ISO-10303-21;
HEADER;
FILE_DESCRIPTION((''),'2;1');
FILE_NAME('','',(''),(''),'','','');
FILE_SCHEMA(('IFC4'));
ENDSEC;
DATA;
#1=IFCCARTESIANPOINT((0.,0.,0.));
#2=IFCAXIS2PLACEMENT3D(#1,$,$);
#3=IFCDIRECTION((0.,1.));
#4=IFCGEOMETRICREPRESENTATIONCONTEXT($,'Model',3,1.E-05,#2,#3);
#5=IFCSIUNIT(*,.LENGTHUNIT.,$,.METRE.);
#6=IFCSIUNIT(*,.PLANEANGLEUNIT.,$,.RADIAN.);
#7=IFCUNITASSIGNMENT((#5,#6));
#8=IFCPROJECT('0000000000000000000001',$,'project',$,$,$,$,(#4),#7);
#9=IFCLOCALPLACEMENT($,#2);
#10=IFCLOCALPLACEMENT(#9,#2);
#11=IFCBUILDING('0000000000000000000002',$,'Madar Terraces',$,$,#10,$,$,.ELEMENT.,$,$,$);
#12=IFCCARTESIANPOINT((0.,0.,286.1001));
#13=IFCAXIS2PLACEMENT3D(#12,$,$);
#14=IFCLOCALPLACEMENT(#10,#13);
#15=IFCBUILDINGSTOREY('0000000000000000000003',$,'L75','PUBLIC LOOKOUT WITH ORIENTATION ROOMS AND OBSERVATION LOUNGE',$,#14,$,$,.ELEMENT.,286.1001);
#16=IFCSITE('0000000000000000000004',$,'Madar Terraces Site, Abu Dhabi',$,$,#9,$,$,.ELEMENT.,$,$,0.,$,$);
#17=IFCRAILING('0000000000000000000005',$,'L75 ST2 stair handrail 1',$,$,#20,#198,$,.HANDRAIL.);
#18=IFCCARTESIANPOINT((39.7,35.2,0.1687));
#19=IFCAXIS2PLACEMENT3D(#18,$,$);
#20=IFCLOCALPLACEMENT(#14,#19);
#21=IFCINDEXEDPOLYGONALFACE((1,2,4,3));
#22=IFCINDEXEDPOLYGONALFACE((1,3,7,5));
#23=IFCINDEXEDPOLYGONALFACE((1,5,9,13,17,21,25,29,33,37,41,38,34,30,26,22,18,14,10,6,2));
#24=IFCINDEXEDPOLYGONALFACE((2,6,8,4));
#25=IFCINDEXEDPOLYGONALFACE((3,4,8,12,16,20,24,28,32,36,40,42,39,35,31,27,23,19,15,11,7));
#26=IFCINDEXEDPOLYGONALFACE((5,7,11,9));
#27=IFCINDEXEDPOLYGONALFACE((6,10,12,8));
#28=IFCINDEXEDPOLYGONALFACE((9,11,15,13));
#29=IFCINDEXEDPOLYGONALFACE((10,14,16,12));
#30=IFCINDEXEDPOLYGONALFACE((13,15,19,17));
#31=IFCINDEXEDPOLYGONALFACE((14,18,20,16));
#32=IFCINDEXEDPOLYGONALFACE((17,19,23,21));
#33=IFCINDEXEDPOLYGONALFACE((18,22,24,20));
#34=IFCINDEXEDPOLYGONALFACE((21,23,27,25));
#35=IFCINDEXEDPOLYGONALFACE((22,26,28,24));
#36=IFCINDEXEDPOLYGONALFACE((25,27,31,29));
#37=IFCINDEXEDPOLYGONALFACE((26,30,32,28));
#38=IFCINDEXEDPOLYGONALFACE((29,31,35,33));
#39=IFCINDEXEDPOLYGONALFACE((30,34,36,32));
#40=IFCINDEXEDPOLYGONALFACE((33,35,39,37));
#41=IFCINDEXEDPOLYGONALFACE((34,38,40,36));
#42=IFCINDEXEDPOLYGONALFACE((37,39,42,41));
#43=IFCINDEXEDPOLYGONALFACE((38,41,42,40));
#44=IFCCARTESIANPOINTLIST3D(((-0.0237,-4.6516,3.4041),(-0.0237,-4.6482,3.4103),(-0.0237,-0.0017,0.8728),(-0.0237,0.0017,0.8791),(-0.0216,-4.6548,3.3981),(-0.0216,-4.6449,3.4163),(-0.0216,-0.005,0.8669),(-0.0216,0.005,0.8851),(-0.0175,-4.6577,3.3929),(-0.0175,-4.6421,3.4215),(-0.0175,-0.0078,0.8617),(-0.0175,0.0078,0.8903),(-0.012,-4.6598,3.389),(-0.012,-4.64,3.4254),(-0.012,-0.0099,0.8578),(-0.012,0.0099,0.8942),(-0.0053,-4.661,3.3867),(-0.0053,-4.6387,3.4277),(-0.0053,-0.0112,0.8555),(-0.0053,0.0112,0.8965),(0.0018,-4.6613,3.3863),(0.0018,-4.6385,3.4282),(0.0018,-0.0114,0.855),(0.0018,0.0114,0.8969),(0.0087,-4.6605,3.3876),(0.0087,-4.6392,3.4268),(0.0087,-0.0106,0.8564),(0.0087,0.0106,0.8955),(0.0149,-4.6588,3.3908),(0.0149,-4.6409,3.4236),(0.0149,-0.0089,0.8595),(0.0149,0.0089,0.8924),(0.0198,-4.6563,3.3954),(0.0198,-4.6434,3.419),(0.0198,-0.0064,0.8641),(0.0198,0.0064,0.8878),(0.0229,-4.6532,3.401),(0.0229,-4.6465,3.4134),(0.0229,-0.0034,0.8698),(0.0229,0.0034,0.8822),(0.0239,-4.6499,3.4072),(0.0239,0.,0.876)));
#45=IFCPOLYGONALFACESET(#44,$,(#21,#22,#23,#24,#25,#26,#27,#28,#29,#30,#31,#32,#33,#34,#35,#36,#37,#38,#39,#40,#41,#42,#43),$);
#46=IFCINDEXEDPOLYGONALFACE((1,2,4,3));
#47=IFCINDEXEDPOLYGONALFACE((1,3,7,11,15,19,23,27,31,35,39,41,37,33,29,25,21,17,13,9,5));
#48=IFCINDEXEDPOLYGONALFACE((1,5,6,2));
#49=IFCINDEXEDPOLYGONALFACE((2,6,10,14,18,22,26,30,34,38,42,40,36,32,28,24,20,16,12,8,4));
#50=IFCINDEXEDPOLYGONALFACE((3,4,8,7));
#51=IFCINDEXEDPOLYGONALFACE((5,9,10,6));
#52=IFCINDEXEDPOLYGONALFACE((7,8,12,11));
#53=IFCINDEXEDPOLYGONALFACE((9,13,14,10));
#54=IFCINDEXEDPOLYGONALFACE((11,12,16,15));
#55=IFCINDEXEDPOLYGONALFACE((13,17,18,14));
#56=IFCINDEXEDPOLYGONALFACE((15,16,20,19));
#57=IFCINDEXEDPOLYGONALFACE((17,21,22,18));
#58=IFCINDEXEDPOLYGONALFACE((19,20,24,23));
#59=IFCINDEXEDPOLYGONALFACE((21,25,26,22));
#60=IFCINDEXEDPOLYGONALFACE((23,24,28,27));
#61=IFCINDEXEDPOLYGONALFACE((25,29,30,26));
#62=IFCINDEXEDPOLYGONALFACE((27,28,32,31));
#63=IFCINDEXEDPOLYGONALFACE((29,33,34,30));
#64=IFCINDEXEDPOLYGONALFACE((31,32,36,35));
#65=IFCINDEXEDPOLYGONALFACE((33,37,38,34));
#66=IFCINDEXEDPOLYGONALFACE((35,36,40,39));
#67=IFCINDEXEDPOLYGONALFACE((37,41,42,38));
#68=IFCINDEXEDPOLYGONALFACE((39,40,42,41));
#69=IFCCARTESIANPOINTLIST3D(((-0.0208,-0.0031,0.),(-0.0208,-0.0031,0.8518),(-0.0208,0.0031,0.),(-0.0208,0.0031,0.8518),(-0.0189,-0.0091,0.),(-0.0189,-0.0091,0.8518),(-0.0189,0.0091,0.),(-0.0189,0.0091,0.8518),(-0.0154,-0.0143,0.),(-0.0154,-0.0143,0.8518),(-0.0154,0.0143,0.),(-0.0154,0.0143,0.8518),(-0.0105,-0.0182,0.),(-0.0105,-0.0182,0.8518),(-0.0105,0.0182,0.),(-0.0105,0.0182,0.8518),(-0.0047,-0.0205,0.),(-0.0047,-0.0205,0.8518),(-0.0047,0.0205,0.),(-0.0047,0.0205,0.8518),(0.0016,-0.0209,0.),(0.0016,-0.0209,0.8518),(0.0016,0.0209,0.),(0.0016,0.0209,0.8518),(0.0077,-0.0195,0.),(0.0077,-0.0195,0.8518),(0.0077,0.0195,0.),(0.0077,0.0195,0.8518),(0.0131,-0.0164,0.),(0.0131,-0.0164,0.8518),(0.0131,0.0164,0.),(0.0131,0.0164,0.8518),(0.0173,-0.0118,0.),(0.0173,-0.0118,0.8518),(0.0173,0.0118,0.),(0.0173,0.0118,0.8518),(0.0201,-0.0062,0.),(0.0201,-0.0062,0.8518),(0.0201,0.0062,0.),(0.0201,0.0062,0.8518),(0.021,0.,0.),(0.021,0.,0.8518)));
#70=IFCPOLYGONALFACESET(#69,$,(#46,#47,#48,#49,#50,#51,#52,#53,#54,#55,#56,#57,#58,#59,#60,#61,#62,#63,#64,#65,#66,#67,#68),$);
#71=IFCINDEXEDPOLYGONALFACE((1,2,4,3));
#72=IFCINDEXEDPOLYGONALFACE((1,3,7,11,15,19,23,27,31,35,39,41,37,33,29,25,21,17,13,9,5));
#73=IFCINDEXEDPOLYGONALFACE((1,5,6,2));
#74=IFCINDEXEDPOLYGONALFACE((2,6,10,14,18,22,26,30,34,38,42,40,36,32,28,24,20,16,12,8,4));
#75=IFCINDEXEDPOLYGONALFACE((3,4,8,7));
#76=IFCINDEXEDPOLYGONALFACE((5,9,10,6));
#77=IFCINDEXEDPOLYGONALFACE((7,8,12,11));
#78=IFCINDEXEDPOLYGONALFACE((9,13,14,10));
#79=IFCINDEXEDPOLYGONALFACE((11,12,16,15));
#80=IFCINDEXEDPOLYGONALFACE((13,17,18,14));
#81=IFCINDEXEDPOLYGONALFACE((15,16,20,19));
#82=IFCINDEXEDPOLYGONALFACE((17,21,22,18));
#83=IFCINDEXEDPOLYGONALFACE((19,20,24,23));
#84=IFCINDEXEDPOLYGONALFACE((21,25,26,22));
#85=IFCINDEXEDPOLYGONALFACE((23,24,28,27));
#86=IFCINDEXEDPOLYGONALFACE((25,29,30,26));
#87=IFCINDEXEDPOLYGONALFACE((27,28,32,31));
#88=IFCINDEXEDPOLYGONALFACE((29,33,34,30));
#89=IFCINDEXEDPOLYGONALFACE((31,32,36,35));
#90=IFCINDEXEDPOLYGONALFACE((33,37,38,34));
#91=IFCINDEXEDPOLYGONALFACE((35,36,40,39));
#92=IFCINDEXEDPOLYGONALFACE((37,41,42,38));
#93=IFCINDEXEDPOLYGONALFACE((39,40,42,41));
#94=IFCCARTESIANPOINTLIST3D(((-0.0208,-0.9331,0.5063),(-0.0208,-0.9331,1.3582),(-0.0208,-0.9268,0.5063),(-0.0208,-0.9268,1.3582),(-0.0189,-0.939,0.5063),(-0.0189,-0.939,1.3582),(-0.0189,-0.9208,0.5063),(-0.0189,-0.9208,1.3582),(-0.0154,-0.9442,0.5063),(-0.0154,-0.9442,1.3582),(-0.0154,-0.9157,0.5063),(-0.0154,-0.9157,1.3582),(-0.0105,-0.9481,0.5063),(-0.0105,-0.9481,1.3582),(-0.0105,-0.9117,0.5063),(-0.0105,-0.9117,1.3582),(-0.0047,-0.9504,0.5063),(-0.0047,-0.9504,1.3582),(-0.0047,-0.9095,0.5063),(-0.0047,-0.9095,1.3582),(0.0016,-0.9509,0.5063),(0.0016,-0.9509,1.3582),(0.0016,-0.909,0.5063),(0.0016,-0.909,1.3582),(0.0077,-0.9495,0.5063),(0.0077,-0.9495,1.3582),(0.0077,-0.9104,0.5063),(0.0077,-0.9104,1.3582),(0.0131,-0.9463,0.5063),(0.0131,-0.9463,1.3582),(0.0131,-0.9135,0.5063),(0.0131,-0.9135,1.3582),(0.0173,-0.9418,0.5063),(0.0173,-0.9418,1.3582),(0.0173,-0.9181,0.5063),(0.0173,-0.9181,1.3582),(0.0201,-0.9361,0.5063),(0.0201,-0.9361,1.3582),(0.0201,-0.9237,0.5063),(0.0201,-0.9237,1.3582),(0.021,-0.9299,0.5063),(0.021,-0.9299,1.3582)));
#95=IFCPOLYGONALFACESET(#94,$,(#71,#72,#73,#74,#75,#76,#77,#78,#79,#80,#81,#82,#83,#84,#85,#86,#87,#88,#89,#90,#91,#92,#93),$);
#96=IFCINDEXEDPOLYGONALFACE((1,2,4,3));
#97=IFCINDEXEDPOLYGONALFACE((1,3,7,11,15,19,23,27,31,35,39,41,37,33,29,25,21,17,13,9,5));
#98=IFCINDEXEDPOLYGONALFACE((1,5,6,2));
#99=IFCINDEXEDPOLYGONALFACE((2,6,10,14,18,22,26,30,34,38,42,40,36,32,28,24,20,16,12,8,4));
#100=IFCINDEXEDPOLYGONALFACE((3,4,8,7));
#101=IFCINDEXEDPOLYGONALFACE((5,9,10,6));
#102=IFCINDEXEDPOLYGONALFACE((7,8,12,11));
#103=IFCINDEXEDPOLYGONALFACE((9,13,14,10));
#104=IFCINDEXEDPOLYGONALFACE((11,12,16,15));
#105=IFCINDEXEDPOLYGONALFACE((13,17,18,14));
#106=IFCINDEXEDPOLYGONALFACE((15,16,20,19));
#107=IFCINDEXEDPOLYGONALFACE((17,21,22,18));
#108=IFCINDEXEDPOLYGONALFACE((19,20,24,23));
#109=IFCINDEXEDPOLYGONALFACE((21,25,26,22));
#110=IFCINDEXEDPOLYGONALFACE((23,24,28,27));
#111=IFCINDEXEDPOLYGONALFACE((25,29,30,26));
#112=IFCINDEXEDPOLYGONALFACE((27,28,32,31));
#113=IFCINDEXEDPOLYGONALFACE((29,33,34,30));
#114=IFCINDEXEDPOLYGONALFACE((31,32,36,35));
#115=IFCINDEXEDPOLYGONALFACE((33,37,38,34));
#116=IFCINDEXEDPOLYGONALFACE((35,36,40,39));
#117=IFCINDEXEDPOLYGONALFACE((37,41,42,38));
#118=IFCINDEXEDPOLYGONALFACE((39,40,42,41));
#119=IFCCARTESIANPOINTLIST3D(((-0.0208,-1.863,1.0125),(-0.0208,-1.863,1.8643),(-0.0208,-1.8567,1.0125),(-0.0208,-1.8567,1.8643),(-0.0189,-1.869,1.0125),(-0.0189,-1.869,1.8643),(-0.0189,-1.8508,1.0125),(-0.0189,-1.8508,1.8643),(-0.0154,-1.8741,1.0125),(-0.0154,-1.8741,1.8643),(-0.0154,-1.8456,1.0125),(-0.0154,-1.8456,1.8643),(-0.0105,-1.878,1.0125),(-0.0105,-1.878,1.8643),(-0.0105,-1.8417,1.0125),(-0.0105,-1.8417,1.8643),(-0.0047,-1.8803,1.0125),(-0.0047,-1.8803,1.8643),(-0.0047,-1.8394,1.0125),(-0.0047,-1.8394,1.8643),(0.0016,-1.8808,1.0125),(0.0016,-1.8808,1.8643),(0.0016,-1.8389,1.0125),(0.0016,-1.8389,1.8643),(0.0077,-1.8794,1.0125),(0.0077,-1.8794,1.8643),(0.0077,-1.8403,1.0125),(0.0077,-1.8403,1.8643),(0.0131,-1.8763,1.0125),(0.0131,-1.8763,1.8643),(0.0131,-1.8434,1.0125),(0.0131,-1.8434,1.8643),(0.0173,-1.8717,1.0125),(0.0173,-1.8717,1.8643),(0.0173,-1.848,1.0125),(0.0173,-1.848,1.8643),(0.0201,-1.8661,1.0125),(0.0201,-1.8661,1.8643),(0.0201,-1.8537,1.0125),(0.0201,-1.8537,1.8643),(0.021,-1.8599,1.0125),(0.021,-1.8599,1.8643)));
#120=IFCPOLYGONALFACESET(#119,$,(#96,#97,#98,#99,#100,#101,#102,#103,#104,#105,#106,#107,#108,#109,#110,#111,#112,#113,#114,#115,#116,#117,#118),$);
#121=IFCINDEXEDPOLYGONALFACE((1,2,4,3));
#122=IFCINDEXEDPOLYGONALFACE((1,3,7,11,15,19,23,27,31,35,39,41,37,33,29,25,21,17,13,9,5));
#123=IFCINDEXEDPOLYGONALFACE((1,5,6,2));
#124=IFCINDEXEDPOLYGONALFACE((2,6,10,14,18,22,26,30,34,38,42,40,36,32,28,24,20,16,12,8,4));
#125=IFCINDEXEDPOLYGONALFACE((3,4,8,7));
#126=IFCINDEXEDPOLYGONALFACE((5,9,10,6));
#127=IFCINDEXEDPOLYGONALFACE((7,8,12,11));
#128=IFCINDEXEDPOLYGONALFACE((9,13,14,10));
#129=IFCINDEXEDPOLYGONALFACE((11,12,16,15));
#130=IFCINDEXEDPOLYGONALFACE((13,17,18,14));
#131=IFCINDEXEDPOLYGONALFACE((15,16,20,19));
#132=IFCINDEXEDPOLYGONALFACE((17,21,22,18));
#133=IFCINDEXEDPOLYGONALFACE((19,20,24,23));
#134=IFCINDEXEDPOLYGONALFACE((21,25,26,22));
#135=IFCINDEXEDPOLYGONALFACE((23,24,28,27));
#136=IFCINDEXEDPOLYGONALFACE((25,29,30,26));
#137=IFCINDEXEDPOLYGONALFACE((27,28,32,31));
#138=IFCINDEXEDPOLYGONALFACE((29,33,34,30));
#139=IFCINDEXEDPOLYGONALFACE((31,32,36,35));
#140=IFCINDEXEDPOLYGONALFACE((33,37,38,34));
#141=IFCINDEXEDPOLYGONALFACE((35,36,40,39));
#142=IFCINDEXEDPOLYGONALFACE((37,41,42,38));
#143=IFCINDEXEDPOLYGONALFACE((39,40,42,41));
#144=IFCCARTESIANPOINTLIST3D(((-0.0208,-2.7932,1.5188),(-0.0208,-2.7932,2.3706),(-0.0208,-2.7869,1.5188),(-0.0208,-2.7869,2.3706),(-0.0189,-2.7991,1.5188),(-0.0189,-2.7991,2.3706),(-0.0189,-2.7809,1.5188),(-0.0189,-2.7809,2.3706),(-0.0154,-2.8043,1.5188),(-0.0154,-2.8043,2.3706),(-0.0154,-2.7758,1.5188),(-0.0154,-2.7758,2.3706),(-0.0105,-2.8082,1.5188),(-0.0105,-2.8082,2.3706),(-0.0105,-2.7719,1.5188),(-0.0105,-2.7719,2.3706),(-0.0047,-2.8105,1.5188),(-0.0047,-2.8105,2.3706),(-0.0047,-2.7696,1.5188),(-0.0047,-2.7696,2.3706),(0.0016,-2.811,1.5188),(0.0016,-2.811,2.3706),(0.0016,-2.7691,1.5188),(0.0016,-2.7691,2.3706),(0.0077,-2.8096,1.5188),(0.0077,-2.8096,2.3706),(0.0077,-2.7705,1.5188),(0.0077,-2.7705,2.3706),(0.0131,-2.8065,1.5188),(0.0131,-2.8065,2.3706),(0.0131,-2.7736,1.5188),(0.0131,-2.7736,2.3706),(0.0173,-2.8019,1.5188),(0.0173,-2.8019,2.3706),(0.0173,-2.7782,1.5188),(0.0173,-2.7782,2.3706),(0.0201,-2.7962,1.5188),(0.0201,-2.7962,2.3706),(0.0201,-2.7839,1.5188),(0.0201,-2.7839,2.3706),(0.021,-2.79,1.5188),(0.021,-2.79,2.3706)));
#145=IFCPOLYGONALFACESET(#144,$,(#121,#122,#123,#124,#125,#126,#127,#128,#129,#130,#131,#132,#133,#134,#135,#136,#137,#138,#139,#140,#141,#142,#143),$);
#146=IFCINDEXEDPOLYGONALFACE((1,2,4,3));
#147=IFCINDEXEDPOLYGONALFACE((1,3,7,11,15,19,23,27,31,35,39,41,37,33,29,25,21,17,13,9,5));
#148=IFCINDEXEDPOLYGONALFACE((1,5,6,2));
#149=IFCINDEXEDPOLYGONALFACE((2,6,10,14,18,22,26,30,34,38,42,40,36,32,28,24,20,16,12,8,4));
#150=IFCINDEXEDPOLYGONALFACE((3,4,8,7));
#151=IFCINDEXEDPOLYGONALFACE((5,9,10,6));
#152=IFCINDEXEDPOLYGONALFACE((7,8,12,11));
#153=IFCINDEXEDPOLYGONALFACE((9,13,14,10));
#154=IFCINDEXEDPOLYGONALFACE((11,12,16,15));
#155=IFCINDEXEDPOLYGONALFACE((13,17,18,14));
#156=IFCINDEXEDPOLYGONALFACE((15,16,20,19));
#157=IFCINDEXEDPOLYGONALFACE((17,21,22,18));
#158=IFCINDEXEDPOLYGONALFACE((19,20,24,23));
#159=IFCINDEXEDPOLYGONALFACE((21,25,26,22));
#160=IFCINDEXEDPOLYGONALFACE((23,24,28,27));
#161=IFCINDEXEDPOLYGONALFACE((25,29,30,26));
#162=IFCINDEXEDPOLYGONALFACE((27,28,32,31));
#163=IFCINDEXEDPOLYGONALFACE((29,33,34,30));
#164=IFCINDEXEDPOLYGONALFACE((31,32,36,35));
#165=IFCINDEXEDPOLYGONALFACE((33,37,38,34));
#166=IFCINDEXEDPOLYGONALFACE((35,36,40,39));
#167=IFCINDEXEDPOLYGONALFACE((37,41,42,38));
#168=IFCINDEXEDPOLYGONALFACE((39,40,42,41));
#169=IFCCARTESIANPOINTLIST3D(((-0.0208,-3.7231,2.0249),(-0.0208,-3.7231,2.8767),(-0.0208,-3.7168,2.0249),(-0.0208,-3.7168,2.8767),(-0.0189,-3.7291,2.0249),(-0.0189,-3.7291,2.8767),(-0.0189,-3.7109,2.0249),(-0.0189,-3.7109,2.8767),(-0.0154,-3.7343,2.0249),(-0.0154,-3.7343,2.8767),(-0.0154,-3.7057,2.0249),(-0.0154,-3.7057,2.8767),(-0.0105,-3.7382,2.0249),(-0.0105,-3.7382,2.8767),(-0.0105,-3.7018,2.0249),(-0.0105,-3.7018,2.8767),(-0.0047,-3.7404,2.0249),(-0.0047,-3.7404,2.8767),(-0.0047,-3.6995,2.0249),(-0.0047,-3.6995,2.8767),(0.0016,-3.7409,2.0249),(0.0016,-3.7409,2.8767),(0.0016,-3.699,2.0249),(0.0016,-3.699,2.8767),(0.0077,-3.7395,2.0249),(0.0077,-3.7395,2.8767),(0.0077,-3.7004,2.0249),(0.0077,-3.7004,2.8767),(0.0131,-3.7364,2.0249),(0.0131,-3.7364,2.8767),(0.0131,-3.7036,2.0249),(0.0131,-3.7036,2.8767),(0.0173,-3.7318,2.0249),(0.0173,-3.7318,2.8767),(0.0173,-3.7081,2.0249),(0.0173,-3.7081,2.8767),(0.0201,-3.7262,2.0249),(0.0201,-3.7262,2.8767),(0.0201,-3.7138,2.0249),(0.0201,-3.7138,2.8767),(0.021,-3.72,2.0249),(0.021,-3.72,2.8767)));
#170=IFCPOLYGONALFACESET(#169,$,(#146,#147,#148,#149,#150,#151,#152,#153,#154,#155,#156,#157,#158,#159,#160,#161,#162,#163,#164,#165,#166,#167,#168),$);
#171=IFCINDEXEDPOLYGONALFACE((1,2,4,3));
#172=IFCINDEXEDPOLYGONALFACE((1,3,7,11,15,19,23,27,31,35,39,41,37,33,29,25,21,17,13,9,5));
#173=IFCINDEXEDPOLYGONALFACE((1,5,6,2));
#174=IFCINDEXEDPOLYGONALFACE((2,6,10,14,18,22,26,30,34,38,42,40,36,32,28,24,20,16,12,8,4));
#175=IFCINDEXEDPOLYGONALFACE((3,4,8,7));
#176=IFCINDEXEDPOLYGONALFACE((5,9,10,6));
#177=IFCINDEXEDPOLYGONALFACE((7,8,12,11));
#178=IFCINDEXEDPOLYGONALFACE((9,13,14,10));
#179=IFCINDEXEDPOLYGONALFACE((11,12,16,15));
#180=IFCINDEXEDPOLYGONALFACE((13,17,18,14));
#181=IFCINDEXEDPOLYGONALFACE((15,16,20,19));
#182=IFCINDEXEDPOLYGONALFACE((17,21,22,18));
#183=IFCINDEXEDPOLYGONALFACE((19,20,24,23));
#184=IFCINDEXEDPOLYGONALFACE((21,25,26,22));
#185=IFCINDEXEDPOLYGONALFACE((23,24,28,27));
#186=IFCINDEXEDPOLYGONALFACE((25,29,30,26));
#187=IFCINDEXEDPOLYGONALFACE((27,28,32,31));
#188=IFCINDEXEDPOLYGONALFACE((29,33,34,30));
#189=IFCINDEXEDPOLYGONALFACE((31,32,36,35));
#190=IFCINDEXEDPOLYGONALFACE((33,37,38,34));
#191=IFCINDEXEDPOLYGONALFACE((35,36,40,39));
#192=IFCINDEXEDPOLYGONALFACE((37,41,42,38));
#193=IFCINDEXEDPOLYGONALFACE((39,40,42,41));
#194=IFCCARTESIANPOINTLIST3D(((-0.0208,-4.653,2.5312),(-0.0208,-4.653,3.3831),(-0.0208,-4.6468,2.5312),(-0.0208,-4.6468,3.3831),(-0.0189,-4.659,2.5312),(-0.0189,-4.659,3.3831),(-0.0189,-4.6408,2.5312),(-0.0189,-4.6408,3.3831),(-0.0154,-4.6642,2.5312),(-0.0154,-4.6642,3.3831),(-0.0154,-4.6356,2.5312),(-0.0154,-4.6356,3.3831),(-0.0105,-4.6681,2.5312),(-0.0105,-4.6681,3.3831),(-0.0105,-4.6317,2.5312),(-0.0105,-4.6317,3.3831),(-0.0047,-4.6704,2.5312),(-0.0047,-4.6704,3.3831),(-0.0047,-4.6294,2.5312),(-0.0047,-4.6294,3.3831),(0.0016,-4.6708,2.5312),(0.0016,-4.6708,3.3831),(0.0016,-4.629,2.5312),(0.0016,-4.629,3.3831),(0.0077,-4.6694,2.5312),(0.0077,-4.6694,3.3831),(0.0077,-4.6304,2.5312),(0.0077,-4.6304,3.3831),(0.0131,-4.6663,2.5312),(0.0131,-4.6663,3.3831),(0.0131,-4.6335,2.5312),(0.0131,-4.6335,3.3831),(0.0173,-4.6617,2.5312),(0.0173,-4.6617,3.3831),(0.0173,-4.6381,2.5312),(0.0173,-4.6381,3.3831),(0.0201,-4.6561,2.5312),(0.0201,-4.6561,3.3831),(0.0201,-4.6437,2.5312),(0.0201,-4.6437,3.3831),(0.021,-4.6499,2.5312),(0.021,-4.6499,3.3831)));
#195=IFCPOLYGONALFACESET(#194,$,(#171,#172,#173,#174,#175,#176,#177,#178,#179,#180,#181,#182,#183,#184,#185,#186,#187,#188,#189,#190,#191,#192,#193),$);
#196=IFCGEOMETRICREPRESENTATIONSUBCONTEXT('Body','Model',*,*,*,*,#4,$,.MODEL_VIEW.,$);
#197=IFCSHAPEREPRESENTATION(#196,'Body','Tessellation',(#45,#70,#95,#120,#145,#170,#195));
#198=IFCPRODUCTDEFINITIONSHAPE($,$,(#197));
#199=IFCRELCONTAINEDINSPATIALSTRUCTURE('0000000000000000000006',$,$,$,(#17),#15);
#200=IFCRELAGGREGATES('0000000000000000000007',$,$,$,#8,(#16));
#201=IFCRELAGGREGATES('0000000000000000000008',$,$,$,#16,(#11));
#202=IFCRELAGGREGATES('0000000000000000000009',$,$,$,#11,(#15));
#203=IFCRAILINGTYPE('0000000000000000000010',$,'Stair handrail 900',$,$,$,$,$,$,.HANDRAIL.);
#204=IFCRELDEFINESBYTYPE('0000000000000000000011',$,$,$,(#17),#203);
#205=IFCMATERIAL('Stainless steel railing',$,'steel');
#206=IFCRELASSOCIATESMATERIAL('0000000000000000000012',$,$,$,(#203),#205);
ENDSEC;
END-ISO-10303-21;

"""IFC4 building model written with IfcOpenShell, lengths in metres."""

from ifc_helpers import new_model, si_unit, direction, frame, origin, origin_2d, place, context, subcontext, project, spatial, circle, extrude, material, type_object, element, save


model = new_model("IFC4")

# Units and contexts
model_context = context("Model", 3, precision=1e-05, world=origin(), true_north=direction((0.0, 1.0)))
body_context = subcontext(model_context, "Body", "Model", "MODEL_VIEW")
ifc_project = project(units=[si_unit("LENGTHUNIT", "METRE"), si_unit("PLANEANGLEUNIT", "RADIAN")], contexts=[model_context])

# Site, building, storey
site_placement = place(None, origin())
site = spatial("IfcSite", under=ifc_project, at=site_placement, Name="Madar Terraces Site, Abu Dhabi", CompositionType="ELEMENT", RefElevation=0.0)
building_placement = place(site_placement, origin())
building = spatial("IfcBuilding", under=site, at=building_placement, Name="Madar Terraces", CompositionType="ELEMENT")
storey_placement = place(building_placement, frame((0.0, 0.0, 286.1001)))
storey = spatial("IfcBuildingStorey", under=building, at=storey_placement, Name="L75", Description="PUBLIC LOOKOUT WITH ORIENTATION ROOMS AND OBSERVATION LOUNGE", CompositionType="ELEMENT", Elevation=286.1001)

# Railing
ifc_material_1 = material(Name="Stainless steel railing", Category="steel")
railing_type_1 = type_object("IfcRailingType", Name="Stair handrail 900", PredefinedType="HANDRAIL", material=ifc_material_1)
railing_1_placement = place(storey_placement, frame((39.7, 35.2, 0.1687)))
element("IfcRailing", 1, at=railing_1_placement, inside=storey, type_object=railing_type_1, Name="L75 ST2 stair handrail 1", PredefinedType="HANDRAIL", context=body_context, shape_type="SweptSolid", body=[
    extrude(circle(Radius=0.0239, at=origin_2d()), frame((0.0, 0.0, 0.876), z_axis=(0.0, -0.878297, 0.478115), x_axis=(1.0, 0.0, 0.0)), (0.0, 0.0, 1.0), 5.2942),
    extrude(circle(Radius=0.021, at=origin_2d()), origin(), (0.0, 0.0, 1.0), 0.8518),
    extrude(circle(Radius=0.021, at=origin_2d()), frame((0.0, -0.9299, 0.5063)), (0.0, 0.0, 1.0), 0.8518),
    extrude(circle(Radius=0.021, at=origin_2d()), frame((0.0, -1.8599, 1.0125)), (0.0, 0.0, 1.0), 0.8518),
    extrude(circle(Radius=0.021, at=origin_2d()), frame((0.0, -2.79, 1.5188)), (0.0, 0.0, 1.0), 0.8518),
    extrude(circle(Radius=0.021, at=origin_2d()), frame((0.0, -3.72, 2.0249)), (0.0, 0.0, 1.0), 0.8518),
    extrude(circle(Radius=0.021, at=origin_2d()), frame((0.0, -4.6499, 2.5312)), (0.0, 0.0, 1.0), 0.8518),
])

save(model, "model.ifc")
